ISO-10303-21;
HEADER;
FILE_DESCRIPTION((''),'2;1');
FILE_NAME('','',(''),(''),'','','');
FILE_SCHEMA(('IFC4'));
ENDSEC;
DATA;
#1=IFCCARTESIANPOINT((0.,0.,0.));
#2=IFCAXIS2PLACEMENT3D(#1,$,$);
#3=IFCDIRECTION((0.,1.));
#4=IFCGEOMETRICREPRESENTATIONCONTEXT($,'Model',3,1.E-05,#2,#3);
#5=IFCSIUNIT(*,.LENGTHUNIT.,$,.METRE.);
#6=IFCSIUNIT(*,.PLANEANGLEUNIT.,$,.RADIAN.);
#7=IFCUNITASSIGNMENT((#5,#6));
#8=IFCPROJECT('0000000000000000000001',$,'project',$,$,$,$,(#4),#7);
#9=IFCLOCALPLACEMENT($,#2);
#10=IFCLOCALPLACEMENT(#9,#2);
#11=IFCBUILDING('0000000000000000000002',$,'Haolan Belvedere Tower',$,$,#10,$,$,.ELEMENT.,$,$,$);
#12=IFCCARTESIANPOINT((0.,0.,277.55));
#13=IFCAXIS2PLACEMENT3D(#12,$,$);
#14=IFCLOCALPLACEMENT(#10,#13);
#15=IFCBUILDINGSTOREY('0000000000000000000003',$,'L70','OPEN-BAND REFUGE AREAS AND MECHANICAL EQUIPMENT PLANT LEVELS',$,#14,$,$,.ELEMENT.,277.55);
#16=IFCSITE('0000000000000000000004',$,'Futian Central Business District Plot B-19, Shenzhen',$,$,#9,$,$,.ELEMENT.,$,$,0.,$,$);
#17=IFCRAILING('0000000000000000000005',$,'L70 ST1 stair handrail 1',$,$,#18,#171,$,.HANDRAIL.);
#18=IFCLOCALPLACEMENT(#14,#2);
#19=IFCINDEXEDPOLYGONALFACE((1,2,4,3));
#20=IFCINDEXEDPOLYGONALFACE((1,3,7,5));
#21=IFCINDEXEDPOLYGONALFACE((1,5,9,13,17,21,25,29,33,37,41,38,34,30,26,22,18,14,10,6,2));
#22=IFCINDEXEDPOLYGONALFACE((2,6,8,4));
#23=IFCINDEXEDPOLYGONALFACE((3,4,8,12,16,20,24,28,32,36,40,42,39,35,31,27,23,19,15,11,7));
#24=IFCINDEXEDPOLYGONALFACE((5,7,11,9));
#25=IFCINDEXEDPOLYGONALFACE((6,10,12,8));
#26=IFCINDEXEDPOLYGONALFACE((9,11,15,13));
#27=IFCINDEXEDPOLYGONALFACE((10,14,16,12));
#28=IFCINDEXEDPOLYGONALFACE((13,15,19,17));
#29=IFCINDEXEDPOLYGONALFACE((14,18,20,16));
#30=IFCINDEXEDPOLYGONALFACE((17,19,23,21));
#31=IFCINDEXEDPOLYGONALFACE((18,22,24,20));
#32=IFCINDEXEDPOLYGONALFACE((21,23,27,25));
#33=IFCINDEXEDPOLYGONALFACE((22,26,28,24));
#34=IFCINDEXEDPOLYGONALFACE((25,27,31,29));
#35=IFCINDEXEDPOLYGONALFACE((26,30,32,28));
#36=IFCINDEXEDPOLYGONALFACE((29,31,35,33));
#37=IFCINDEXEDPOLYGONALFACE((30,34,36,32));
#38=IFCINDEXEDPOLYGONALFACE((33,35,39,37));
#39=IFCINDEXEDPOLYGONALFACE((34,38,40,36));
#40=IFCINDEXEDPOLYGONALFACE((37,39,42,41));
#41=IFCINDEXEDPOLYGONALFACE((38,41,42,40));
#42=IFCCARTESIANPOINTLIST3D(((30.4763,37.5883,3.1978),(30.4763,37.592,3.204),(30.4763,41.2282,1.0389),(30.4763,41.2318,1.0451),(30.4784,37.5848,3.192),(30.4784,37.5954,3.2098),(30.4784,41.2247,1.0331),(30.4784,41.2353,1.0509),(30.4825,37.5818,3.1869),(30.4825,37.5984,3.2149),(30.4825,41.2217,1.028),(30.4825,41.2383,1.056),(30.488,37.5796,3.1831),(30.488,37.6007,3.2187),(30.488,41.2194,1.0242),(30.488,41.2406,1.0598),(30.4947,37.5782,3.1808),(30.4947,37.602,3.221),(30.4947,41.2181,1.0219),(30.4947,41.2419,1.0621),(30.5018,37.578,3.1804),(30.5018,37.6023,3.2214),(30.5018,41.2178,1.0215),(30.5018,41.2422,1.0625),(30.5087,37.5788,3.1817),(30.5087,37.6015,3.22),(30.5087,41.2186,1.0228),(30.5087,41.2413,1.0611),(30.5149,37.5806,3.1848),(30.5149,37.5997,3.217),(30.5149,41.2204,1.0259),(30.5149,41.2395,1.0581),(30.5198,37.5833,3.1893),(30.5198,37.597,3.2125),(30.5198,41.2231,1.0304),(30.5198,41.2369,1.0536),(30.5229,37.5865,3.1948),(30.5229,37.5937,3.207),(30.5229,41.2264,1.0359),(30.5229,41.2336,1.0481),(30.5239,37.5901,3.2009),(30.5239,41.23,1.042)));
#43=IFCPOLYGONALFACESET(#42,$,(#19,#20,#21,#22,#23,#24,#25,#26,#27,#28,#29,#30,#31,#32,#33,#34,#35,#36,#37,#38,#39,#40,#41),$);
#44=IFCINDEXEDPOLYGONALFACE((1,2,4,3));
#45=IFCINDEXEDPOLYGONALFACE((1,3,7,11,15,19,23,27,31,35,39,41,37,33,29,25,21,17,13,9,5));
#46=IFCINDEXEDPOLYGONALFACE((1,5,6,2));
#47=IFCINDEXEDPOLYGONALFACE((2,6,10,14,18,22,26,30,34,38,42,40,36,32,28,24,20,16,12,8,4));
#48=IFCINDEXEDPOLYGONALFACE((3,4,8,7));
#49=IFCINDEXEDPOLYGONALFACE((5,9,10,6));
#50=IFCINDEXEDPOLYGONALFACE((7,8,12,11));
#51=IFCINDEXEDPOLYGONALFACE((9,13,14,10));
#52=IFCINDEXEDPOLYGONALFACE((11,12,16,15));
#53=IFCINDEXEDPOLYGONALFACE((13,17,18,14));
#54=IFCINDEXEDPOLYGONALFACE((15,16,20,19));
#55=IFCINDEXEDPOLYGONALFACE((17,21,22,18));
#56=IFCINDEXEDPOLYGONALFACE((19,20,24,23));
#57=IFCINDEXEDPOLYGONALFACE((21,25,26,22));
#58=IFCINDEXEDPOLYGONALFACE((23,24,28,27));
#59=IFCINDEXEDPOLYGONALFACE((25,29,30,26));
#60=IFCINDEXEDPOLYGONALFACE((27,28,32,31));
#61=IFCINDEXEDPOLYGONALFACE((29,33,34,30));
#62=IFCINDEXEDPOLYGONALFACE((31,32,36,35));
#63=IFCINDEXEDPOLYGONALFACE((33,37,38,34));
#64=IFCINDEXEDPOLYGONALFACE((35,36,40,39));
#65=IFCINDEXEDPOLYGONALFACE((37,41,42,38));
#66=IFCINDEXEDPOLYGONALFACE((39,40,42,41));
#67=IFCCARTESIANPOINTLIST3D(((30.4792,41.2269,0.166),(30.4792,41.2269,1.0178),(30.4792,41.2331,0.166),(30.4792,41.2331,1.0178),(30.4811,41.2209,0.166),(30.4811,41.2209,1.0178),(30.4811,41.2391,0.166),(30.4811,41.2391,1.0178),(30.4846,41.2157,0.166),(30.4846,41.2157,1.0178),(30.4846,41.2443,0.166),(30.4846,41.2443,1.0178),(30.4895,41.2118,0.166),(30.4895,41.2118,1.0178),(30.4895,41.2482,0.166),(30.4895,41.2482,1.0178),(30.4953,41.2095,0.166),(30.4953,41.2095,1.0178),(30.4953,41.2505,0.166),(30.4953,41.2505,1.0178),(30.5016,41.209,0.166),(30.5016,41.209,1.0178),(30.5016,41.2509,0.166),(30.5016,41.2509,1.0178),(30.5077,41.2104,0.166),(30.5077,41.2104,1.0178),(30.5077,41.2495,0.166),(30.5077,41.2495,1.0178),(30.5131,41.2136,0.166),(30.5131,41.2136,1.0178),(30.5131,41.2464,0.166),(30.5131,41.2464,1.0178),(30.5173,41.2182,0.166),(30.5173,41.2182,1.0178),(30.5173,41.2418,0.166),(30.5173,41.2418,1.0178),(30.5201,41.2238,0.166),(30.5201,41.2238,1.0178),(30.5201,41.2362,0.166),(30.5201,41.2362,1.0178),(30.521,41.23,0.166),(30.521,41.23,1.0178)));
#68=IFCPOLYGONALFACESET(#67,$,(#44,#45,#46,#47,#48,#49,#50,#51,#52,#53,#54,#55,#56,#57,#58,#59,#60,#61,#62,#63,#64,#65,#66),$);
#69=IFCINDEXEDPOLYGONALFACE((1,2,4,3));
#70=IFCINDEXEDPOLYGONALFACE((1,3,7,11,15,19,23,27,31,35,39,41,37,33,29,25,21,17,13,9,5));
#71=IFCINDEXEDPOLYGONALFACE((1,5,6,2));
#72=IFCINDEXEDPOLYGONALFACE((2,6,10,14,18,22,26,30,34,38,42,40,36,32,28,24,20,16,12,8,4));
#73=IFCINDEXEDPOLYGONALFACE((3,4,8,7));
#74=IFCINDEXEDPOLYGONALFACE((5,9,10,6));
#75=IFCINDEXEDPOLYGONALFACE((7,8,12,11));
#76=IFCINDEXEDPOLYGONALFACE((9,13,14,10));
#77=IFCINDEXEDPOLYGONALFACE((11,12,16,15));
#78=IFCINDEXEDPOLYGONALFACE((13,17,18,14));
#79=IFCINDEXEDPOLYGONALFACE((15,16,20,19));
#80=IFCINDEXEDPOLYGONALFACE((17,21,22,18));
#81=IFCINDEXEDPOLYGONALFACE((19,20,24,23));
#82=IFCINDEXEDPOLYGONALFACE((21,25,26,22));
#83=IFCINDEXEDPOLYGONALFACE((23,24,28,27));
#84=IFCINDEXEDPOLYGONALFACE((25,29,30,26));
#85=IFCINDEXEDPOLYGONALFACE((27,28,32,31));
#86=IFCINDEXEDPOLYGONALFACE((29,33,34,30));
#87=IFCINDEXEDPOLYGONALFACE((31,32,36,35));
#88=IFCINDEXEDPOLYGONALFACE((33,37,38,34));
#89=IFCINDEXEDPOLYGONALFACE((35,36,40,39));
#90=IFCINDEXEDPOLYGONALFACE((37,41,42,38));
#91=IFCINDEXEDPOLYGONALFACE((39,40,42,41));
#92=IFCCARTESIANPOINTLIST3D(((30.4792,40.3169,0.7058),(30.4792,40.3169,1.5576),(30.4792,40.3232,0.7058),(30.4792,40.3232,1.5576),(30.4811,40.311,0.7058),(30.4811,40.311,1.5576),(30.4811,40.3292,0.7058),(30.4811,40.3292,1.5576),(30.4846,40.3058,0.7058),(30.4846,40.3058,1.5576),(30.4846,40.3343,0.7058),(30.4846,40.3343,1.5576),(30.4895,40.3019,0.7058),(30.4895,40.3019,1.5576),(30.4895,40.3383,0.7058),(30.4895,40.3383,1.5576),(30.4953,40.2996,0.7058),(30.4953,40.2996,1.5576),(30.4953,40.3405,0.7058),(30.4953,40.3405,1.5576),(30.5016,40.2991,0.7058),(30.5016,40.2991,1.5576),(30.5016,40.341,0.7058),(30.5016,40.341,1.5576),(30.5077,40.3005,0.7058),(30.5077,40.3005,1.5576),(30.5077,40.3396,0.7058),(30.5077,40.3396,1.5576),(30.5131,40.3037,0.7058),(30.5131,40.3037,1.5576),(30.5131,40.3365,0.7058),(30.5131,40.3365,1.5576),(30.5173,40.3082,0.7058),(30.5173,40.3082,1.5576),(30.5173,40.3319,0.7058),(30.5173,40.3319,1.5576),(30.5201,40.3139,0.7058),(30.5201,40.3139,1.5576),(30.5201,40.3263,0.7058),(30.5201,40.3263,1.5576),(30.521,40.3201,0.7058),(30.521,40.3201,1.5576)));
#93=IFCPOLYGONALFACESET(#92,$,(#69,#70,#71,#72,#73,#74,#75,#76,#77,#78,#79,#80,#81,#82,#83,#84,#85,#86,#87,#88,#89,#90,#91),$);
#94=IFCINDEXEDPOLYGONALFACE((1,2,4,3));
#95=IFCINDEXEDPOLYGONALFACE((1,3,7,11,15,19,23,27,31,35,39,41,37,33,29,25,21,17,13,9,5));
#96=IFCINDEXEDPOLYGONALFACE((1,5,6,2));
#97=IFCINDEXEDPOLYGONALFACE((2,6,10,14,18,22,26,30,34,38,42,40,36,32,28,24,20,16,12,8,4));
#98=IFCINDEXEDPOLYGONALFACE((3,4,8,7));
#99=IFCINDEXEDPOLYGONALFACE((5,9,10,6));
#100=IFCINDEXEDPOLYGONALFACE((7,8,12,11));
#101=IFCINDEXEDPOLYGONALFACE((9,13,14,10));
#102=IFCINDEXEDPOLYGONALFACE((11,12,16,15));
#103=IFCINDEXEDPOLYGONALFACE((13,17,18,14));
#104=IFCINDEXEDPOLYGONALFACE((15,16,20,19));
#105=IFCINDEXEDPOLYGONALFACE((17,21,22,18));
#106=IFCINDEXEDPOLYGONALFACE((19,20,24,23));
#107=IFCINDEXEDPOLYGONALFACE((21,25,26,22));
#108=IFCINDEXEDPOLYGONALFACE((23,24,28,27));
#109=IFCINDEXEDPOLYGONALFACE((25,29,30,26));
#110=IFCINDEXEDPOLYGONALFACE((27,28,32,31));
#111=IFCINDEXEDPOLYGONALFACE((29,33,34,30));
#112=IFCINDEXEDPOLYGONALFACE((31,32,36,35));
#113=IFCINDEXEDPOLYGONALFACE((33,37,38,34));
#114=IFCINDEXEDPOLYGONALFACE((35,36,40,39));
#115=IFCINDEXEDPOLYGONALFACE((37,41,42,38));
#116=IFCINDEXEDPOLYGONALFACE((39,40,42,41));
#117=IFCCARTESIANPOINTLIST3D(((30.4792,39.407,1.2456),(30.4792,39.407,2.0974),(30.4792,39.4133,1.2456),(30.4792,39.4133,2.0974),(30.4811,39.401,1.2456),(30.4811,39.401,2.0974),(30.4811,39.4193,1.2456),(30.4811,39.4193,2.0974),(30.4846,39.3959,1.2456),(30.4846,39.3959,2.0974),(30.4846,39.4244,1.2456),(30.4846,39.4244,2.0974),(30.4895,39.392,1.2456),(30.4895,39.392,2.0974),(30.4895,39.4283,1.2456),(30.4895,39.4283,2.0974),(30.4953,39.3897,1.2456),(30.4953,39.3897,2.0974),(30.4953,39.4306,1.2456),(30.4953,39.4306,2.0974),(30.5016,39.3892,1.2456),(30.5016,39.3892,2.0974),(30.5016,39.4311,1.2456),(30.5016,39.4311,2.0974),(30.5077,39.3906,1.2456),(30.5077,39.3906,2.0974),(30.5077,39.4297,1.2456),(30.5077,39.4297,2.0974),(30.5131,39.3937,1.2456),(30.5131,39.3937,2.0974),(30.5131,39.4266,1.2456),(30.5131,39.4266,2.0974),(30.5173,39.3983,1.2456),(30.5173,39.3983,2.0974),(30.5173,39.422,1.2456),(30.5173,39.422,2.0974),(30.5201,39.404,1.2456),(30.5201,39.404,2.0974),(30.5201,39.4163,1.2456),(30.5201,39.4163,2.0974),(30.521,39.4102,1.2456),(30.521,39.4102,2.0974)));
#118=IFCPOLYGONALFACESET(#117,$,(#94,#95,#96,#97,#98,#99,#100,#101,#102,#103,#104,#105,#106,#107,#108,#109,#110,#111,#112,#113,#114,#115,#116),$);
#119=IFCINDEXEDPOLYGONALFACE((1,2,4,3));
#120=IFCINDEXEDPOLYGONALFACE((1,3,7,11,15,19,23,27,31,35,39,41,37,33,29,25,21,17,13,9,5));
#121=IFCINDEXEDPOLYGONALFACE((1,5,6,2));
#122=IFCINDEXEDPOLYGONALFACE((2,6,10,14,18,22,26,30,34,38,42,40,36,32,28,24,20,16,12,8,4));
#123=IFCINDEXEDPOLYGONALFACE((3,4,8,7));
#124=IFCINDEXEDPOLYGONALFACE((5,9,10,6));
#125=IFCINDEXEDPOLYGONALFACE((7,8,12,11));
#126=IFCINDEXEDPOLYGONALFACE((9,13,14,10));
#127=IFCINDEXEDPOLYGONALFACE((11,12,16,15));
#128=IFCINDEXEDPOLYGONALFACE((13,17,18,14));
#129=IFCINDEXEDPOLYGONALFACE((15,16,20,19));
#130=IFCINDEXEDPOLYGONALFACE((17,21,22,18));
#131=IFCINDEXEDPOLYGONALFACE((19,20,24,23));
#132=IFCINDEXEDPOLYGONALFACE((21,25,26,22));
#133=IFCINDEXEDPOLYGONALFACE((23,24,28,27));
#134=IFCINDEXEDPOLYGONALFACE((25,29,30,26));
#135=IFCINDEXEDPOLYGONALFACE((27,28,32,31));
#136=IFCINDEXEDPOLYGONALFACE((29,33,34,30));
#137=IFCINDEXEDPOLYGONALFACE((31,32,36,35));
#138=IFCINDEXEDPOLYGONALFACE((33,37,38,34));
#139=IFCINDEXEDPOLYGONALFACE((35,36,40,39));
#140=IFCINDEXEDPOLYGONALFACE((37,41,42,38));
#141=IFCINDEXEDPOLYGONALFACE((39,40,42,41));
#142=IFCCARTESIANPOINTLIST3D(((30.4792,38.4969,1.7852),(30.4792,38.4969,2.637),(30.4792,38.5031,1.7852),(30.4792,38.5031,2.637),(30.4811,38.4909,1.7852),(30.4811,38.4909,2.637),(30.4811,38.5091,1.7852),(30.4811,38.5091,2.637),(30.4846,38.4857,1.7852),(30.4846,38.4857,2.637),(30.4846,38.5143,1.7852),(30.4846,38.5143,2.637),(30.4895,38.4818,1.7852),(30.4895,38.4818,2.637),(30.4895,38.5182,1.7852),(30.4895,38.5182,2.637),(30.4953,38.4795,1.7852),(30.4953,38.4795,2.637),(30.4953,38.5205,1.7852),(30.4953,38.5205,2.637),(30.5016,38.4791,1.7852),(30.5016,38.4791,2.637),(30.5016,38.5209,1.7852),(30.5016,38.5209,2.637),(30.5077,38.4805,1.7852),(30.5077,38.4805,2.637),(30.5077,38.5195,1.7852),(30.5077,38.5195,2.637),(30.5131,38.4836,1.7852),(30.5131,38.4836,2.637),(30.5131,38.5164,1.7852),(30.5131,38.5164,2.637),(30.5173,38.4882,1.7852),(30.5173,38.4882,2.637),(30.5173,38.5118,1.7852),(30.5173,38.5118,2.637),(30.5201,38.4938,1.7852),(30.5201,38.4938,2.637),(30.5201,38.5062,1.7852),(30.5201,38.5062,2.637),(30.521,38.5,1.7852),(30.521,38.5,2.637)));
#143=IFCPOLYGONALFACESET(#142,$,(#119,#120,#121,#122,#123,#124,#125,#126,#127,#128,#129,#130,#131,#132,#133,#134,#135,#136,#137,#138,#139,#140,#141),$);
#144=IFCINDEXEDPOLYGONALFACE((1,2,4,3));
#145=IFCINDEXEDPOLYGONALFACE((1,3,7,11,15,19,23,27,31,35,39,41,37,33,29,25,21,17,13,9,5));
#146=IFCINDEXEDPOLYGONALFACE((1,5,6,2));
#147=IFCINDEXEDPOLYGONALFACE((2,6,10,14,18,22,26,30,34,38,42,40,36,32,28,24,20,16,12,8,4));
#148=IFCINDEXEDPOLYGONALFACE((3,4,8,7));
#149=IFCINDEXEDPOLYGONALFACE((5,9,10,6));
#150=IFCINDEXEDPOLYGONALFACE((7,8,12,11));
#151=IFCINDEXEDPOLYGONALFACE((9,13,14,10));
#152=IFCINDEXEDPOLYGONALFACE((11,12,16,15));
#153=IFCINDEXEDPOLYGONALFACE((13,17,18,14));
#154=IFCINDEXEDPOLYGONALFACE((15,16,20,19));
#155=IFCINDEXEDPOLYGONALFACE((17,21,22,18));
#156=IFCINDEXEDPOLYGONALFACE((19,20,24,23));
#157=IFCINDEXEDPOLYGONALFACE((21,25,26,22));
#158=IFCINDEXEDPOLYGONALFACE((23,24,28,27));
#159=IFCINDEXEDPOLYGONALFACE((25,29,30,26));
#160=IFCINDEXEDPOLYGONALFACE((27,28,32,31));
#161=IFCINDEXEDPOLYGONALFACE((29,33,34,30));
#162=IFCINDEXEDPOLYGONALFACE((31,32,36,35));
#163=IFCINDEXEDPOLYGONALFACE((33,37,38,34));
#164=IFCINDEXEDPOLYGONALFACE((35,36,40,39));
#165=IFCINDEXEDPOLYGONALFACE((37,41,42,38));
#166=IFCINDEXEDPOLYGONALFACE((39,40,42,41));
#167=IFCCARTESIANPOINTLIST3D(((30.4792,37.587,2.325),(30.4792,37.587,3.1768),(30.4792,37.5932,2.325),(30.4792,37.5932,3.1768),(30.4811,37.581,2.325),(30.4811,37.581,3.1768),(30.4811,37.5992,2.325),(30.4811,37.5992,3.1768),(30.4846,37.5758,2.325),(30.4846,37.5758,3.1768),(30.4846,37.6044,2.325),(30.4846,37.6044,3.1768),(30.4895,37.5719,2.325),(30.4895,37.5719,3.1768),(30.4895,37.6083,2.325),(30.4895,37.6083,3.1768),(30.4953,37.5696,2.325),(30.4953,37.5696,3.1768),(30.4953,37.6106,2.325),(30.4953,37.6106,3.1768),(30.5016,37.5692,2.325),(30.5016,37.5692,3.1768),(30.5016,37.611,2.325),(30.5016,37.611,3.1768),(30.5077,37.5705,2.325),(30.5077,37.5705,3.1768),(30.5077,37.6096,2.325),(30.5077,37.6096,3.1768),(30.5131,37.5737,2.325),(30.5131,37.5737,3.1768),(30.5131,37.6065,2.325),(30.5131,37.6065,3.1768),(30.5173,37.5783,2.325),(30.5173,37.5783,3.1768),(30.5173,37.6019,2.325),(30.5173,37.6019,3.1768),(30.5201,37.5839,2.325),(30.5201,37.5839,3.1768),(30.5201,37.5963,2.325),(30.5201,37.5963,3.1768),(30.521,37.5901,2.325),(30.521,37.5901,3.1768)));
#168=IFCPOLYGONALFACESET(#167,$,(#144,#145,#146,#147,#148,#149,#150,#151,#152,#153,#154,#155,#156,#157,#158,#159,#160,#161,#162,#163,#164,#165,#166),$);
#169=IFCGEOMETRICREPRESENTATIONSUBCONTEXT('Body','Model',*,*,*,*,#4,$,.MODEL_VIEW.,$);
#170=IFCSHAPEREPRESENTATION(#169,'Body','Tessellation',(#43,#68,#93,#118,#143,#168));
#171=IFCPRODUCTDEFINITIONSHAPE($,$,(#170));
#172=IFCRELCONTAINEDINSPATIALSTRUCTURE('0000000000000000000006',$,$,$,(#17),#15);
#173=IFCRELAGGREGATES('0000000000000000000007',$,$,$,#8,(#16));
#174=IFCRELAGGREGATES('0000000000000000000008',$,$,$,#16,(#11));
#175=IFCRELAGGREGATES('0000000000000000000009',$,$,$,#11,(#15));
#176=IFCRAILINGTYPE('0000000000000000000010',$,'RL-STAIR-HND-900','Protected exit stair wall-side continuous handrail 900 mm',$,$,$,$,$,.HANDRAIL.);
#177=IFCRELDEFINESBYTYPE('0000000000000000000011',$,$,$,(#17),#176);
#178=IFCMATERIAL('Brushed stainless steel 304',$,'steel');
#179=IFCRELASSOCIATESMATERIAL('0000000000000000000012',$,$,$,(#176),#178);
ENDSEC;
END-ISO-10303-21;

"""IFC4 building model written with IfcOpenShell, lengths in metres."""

from ifc_helpers import new_model, si_unit, direction, frame, origin, origin_2d, place, context, subcontext, project, spatial, circle, extrude, material, type_object, element, save


model = new_model("IFC4")

# Units and contexts
model_context = context("Model", 3, precision=1e-05, world=origin(), true_north=direction((0.0, 1.0)))
body_context = subcontext(model_context, "Body", "Model", "MODEL_VIEW")
ifc_project = project(units=[si_unit("LENGTHUNIT", "METRE"), si_unit("PLANEANGLEUNIT", "RADIAN")], contexts=[model_context])

# Site, building, storey
site_placement = place(None, origin())
site = spatial("IfcSite", under=ifc_project, at=site_placement, Name="Futian Central Business District Plot B-19, Shenzhen", CompositionType="ELEMENT", RefElevation=0.0)
building_placement = place(site_placement, origin())
building = spatial("IfcBuilding", under=site, at=building_placement, Name="Haolan Belvedere Tower", CompositionType="ELEMENT")
storey_placement = place(building_placement, frame((0.0, 0.0, 277.55)))
storey = spatial("IfcBuildingStorey", under=building, at=storey_placement, Name="L70", Description="OPEN-BAND REFUGE AREAS AND MECHANICAL EQUIPMENT PLANT LEVELS", CompositionType="ELEMENT", Elevation=277.55)

# Railing
ifc_material_1 = material(Name="Brushed stainless steel 304", Category="steel")
railing_type_1 = type_object("IfcRailingType", Name="RL-STAIR-HND-900", Description="Protected exit stair wall-side continuous handrail 900 mm", PredefinedType="HANDRAIL", material=ifc_material_1)
railing_1_placement = place(storey_placement, frame((30.5, 41.23, 0.166)))
element("IfcRailing", 1, at=railing_1_placement, inside=storey, type_object=railing_type_1, Name="L70 ST1 stair handrail 1", PredefinedType="HANDRAIL", context=body_context, shape_type="SweptSolid", body=[
    extrude(circle(Radius=0.0239, at=origin_2d()), frame((0.0, 0.0, 0.876), z_axis=(0.0, -0.860088, 0.510145), x_axis=(1.0, 0.0, 0.0)), (0.0, 0.0, 1.0), 4.2319),
    extrude(circle(Radius=0.021, at=origin_2d()), origin(), (0.0, 0.0, 1.0), 0.8518),
    extrude(circle(Radius=0.021, at=origin_2d()), frame((0.0, -0.9099, 0.5398)), (0.0, 0.0, 1.0), 0.8518),
    extrude(circle(Radius=0.021, at=origin_2d()), frame((0.0, -1.8198, 1.0796)), (0.0, 0.0, 1.0), 0.8518),
    extrude(circle(Radius=0.021, at=origin_2d()), frame((0.0, -2.73, 1.6191)), (0.0, 0.0, 1.0), 0.8518),
    extrude(circle(Radius=0.021, at=origin_2d()), frame((0.0, -3.6399, 2.1589)), (0.0, 0.0, 1.0), 0.8518),
])

save(model, "model.ifc")
